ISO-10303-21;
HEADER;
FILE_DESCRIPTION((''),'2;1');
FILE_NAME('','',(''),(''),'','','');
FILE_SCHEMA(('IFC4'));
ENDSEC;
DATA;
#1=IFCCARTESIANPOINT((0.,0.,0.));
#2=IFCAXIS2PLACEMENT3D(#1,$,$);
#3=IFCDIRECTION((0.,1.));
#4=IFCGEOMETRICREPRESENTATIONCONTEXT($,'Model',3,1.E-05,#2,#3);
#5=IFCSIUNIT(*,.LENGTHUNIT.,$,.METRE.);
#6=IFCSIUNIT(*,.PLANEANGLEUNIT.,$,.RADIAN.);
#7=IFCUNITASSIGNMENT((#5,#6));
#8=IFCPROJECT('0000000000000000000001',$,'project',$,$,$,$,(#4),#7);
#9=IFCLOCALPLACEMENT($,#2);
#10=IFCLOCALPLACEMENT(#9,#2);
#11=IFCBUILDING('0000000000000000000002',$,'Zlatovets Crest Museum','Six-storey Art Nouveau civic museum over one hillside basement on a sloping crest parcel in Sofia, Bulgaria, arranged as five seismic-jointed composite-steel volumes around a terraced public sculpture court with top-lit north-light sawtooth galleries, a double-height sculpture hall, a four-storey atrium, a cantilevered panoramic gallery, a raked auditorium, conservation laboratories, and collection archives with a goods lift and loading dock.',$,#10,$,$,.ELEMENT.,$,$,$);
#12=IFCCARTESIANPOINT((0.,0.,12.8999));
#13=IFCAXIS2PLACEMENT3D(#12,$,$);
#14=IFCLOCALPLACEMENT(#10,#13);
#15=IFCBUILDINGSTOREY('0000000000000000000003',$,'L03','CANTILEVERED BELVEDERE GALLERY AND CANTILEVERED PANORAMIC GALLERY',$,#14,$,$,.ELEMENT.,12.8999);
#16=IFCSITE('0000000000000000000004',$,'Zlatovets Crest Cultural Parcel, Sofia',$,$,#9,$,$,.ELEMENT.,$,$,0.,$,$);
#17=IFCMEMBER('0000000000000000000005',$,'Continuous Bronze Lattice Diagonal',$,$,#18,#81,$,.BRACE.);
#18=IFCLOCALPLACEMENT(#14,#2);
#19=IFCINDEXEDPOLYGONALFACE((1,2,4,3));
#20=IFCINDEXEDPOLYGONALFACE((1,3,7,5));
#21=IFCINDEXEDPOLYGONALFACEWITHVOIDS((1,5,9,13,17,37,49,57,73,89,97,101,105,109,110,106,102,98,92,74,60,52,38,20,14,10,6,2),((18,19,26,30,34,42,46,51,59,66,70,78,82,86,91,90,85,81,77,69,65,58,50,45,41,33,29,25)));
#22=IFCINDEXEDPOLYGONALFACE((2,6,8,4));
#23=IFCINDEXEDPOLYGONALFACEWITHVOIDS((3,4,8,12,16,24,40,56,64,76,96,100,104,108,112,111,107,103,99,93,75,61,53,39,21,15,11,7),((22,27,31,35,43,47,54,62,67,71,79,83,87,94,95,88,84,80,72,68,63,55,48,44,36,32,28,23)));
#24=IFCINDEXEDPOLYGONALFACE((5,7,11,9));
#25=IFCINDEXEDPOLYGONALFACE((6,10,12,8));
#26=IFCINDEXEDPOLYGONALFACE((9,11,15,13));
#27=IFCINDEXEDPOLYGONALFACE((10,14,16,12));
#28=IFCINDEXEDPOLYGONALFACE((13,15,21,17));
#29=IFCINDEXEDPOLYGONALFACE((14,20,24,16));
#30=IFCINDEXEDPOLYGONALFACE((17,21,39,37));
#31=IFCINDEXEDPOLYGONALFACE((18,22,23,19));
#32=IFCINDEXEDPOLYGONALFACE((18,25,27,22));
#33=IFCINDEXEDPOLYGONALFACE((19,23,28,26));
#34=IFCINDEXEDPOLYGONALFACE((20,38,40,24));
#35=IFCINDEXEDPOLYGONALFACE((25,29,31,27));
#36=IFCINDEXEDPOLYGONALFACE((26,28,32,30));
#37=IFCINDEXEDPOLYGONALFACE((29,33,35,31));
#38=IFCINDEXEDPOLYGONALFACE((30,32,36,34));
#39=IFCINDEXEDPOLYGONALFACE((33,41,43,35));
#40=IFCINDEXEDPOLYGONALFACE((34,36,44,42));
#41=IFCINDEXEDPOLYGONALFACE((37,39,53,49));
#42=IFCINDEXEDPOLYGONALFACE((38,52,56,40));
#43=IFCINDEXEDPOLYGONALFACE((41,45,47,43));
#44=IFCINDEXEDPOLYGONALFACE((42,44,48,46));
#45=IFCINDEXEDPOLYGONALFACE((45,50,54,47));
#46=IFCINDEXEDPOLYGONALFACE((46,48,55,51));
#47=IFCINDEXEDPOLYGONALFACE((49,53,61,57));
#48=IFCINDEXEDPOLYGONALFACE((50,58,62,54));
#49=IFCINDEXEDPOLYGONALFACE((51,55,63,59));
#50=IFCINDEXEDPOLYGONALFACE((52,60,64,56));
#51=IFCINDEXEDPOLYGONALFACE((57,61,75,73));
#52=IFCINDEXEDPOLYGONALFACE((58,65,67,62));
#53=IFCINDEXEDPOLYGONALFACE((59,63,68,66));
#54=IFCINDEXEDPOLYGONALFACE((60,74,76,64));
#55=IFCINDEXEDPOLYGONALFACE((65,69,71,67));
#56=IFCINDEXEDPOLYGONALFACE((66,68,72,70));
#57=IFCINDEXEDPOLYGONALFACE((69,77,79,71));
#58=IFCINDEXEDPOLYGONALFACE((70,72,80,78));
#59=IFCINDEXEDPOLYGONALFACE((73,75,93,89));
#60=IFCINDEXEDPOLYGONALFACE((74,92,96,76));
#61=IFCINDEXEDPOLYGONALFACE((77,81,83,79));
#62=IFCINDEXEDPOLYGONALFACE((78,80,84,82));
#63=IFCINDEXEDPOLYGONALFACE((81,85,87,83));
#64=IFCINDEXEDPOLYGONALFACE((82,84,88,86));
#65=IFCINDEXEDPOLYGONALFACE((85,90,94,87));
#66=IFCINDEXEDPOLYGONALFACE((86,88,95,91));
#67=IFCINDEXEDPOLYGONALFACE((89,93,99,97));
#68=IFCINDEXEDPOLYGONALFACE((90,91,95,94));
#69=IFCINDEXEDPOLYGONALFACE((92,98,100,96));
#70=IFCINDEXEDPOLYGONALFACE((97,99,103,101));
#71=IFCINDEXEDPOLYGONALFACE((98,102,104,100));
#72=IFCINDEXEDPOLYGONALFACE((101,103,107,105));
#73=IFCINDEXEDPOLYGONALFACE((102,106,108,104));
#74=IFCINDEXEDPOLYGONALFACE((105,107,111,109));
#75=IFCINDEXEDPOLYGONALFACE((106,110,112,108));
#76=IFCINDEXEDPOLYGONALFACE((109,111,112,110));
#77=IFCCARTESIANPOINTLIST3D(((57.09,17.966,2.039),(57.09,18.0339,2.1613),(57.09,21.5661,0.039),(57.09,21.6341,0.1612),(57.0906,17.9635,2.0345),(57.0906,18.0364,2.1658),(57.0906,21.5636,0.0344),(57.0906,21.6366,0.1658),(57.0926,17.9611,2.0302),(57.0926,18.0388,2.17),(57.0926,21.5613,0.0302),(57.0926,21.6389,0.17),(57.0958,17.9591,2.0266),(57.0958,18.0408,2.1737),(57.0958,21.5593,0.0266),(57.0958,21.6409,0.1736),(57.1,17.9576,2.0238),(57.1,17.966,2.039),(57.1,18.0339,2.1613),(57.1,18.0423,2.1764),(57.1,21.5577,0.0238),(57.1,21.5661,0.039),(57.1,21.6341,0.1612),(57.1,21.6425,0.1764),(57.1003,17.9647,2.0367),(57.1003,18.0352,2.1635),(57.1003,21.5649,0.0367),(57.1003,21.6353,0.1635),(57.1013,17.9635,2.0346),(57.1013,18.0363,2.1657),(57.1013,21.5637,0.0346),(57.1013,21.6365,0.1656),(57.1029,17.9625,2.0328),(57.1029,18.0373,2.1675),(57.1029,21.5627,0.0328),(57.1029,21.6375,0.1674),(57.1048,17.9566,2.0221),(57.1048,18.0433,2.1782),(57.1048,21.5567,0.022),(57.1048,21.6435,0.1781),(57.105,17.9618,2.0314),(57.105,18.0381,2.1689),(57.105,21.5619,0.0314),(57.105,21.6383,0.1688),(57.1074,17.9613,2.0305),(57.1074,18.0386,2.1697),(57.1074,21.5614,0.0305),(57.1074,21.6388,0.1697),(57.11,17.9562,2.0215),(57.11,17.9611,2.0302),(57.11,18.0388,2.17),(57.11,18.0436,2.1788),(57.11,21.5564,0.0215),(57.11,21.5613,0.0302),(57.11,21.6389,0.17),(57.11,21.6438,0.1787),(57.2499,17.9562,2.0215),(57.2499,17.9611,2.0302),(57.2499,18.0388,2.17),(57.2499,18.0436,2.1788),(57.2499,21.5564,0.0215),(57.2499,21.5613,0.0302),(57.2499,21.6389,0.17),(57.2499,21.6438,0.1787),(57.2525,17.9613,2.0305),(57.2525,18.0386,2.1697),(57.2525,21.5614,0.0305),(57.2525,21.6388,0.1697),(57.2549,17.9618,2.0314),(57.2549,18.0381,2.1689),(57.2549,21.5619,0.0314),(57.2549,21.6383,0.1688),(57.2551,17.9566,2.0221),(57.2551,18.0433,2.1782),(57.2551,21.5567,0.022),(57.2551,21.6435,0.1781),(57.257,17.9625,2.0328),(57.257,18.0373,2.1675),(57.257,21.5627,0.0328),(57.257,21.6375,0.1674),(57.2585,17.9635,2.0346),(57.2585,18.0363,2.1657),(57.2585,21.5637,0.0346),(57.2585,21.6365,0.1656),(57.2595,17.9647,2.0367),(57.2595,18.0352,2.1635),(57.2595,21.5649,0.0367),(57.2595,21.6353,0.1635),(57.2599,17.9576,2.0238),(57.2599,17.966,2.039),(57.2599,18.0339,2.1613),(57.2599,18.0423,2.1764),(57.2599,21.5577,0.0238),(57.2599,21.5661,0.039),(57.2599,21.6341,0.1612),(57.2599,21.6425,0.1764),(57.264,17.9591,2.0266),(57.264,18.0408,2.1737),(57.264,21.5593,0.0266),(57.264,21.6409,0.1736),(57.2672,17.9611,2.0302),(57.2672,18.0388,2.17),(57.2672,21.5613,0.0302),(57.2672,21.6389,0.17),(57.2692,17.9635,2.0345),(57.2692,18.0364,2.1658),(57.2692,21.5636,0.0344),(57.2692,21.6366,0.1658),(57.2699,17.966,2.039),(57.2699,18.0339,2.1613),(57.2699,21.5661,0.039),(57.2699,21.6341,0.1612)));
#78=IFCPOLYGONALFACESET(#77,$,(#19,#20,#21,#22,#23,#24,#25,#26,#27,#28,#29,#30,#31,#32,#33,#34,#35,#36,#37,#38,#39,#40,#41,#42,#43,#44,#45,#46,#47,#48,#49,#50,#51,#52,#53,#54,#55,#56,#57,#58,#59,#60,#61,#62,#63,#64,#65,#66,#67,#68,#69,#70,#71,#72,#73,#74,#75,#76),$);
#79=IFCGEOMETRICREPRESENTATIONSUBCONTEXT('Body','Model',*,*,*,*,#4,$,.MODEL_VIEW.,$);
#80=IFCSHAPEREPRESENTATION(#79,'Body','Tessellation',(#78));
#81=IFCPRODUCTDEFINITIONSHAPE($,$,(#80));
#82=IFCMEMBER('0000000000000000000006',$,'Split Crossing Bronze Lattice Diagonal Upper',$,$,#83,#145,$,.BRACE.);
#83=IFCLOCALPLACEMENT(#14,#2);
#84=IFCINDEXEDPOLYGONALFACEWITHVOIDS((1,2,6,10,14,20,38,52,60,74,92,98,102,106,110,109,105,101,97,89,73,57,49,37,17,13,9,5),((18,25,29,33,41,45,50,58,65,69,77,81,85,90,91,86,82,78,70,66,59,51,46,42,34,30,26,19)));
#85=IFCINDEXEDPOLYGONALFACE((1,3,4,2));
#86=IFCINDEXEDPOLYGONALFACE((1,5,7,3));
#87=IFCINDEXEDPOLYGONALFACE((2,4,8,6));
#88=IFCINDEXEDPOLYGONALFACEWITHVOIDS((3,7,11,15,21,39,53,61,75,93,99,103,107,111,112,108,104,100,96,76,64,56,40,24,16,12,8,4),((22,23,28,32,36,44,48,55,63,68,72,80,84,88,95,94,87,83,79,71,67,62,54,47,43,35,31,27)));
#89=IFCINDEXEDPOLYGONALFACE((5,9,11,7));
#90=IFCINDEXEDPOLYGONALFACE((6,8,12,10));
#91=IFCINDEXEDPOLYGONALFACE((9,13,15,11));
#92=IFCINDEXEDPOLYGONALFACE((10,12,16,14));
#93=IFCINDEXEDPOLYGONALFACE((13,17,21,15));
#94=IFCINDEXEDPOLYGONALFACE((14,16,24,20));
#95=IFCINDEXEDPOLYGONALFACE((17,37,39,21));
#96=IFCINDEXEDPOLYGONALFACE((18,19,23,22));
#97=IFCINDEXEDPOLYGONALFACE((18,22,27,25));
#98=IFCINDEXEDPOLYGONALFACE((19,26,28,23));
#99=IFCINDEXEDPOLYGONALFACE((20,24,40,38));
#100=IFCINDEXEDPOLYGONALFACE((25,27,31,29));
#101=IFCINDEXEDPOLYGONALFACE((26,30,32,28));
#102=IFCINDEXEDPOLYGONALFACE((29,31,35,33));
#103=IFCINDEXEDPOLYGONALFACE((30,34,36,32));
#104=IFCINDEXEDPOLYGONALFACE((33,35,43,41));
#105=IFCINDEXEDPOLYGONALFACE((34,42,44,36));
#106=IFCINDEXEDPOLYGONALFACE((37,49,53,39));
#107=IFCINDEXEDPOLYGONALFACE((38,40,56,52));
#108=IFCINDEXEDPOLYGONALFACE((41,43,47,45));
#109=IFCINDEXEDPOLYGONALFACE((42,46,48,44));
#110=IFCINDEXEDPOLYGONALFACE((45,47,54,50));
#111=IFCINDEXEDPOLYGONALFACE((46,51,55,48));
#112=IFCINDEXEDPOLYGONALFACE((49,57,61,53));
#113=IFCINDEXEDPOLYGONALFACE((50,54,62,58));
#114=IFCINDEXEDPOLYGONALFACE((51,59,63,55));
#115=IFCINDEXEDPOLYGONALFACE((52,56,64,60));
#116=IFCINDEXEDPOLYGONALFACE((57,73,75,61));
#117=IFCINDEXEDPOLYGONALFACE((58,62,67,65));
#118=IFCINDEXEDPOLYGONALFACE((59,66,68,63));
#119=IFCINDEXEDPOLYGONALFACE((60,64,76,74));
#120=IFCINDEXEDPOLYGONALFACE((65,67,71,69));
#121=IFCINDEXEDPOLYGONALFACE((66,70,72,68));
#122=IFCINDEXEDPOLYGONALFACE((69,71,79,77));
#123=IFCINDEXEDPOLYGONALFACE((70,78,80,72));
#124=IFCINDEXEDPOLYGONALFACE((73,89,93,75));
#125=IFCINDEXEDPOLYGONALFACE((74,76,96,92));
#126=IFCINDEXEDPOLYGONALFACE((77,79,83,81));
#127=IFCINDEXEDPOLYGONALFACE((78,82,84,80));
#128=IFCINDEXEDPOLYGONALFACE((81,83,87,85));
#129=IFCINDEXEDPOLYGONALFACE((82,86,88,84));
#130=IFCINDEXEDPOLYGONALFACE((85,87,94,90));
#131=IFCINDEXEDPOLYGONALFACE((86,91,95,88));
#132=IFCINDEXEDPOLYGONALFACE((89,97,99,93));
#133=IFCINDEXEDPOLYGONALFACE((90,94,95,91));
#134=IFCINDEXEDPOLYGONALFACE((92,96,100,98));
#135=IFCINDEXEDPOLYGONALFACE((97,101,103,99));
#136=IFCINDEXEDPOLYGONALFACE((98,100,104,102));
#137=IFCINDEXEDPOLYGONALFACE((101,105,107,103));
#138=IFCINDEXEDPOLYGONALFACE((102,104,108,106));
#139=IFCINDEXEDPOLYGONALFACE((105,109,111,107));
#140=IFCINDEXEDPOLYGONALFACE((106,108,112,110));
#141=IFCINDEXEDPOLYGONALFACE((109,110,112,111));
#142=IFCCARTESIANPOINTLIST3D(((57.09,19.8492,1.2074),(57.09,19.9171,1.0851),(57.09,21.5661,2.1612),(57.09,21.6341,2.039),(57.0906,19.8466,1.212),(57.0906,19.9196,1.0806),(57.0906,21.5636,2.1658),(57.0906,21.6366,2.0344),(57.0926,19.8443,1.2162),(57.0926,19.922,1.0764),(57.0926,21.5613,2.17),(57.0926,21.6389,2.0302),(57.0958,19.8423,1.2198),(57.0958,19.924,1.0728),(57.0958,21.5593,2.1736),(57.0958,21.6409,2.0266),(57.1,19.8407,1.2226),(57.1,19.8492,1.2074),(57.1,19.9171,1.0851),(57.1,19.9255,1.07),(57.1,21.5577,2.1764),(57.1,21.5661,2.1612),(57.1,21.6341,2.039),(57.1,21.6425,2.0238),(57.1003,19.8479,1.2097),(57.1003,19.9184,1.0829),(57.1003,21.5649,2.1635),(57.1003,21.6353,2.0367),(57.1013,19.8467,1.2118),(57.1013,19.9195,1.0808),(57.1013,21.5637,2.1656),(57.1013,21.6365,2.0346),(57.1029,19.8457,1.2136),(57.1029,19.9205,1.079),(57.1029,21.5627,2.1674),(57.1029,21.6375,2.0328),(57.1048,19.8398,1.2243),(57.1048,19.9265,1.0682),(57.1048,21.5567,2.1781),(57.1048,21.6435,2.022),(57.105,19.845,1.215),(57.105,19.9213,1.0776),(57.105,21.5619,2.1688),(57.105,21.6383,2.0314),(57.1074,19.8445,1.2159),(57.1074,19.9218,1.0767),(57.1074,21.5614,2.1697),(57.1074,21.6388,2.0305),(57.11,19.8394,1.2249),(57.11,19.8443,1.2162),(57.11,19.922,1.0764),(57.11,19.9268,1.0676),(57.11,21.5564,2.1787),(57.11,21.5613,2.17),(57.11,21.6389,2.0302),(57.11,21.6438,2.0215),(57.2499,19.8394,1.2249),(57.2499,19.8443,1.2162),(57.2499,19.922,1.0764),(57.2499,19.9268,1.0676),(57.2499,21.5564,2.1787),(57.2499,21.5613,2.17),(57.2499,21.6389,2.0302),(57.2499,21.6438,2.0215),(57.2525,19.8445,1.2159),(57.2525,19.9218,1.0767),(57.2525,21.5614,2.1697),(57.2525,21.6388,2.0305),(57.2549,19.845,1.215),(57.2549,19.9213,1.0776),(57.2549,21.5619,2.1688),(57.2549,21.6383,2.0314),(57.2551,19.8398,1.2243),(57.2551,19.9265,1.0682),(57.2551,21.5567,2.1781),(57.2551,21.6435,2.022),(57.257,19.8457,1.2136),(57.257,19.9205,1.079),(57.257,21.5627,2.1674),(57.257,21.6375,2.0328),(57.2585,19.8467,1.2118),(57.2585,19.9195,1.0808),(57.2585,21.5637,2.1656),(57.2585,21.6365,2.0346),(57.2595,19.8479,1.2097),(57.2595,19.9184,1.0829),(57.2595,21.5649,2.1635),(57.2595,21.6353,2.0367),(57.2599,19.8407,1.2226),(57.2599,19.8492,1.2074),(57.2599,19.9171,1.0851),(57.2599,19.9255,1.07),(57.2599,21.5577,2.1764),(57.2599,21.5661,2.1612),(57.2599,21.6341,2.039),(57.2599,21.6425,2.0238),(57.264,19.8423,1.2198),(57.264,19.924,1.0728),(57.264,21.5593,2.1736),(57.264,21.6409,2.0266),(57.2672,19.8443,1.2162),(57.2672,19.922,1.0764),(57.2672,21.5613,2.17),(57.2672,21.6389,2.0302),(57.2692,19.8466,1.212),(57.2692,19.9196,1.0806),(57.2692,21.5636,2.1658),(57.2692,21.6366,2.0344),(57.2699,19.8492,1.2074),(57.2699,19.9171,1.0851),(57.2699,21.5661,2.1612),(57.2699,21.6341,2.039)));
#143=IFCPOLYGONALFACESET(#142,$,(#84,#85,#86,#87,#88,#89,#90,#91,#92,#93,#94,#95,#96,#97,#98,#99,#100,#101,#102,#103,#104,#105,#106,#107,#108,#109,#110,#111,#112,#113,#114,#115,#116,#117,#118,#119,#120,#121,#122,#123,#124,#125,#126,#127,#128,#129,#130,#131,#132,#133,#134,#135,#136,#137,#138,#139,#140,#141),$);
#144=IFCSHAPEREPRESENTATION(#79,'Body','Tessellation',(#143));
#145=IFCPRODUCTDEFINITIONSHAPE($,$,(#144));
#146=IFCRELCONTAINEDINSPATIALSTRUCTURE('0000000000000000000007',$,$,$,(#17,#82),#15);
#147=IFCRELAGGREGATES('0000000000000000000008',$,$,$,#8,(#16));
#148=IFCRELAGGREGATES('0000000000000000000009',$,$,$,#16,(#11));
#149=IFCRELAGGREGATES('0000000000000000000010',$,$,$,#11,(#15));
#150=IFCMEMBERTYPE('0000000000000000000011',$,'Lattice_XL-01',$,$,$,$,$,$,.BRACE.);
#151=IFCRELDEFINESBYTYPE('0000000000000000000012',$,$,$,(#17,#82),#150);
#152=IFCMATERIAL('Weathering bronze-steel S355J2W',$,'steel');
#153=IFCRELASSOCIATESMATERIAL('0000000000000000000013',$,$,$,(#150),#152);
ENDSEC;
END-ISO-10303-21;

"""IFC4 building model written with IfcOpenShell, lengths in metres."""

from ifc_helpers import new_model, si_unit, direction, frame, origin, origin_2d, place, context, subcontext, project, spatial, hollow_rectangle, extrude, material, material_profile, profile_set, type_object, element, save


model = new_model("IFC4")

# Units and contexts
model_context = context("Model", 3, precision=1e-05, world=origin(), true_north=direction((0.0, 1.0)))
body_context = subcontext(model_context, "Body", "Model", "MODEL_VIEW")
ifc_project = project(units=[si_unit("LENGTHUNIT", "METRE"), si_unit("PLANEANGLEUNIT", "RADIAN")], contexts=[model_context])

# Site, building, storey
site_placement = place(None, origin())
site = spatial("IfcSite", under=ifc_project, at=site_placement, Name="Zlatovets Crest Cultural Parcel, Sofia", CompositionType="ELEMENT", RefElevation=0.0)
building_placement = place(site_placement, origin())
building = spatial("IfcBuilding", under=site, at=building_placement, Name="Zlatovets Crest Museum", Description="Six-storey Art Nouveau civic museum over one hillside basement on a sloping crest parcel in Sofia, Bulgaria, arranged as five seismic-jointed composite-steel volumes around a terraced public sculpture court with top-lit north-light sawtooth galleries, a double-height sculpture hall, a four-storey atrium, a cantilevered panoramic gallery, a raked auditorium, conservation laboratories, and collection archives with a goods lift and loading dock.", CompositionType="ELEMENT")
storey_placement = place(building_placement, frame((0.0, 0.0, 12.8999)))
storey = spatial("IfcBuildingStorey", under=building, at=storey_placement, Name="L03", Description="CANTILEVERED BELVEDERE GALLERY AND CANTILEVERED PANORAMIC GALLERY", CompositionType="ELEMENT", Elevation=12.8999)

# Members
ifc_material_1 = material(Name="Weathering bronze-steel S355J2W", Category="steel")
ifc_material_profile_1 = material_profile(ifc_material_1, hollow_rectangle(XDim=0.1799, YDim=0.1799, WallThickness=0.01, InnerFilletRadius=0.01, OuterFilletRadius=0.02, at=origin_2d()), Name="SHS 180x180x10.0")
ifc_profile_set_1 = profile_set([ifc_material_profile_1], Name="Weathering bronze-steel S355J2W")
member_type_1 = type_object("IfcMemberType", Name="Lattice_XL-01", PredefinedType="BRACE", material=ifc_profile_set_1)
member_1_placement = place(storey_placement, frame((57.1799, 21.6001, 0.1001), z_axis=(0.0, -0.874163, 0.485633), x_axis=(1.0, 0.0, 0.0)))
element("IfcMember", 1, at=member_1_placement, inside=storey, type_object=member_type_1, Name="Continuous Bronze Lattice Diagonal", PredefinedType="BRACE", context=body_context, shape_type="SweptSolid", body=[
    extrude(hollow_rectangle(XDim=0.1799, YDim=0.1799, WallThickness=0.01, InnerFilletRadius=0.01, OuterFilletRadius=0.02, at=origin_2d()), origin(), (0.0, 0.0, 1.0), 4.1184),
])
for number, where, z_axis, x_axis, name in (
    (2, (57.1799, 21.6001, 2.1001), (0.0, -0.874169, -0.485622), (1.0, 0.0, 0.0), "Split Crossing Bronze Lattice Diagonal Upper"),
):
    element("IfcMember", number, at=place(storey_placement, frame(where, z_axis=z_axis, x_axis=x_axis)), inside=storey, type_object=member_type_1, Name=name, PredefinedType="BRACE", context=body_context, shape_type="SweptSolid", body=[
        extrude(hollow_rectangle(XDim=0.1799, YDim=0.1799, WallThickness=0.01, InnerFilletRadius=0.01, OuterFilletRadius=0.02, at=origin_2d()), origin(), (0.0, 0.0, 1.0), 1.9641),
    ])

save(model, "model.ifc")
